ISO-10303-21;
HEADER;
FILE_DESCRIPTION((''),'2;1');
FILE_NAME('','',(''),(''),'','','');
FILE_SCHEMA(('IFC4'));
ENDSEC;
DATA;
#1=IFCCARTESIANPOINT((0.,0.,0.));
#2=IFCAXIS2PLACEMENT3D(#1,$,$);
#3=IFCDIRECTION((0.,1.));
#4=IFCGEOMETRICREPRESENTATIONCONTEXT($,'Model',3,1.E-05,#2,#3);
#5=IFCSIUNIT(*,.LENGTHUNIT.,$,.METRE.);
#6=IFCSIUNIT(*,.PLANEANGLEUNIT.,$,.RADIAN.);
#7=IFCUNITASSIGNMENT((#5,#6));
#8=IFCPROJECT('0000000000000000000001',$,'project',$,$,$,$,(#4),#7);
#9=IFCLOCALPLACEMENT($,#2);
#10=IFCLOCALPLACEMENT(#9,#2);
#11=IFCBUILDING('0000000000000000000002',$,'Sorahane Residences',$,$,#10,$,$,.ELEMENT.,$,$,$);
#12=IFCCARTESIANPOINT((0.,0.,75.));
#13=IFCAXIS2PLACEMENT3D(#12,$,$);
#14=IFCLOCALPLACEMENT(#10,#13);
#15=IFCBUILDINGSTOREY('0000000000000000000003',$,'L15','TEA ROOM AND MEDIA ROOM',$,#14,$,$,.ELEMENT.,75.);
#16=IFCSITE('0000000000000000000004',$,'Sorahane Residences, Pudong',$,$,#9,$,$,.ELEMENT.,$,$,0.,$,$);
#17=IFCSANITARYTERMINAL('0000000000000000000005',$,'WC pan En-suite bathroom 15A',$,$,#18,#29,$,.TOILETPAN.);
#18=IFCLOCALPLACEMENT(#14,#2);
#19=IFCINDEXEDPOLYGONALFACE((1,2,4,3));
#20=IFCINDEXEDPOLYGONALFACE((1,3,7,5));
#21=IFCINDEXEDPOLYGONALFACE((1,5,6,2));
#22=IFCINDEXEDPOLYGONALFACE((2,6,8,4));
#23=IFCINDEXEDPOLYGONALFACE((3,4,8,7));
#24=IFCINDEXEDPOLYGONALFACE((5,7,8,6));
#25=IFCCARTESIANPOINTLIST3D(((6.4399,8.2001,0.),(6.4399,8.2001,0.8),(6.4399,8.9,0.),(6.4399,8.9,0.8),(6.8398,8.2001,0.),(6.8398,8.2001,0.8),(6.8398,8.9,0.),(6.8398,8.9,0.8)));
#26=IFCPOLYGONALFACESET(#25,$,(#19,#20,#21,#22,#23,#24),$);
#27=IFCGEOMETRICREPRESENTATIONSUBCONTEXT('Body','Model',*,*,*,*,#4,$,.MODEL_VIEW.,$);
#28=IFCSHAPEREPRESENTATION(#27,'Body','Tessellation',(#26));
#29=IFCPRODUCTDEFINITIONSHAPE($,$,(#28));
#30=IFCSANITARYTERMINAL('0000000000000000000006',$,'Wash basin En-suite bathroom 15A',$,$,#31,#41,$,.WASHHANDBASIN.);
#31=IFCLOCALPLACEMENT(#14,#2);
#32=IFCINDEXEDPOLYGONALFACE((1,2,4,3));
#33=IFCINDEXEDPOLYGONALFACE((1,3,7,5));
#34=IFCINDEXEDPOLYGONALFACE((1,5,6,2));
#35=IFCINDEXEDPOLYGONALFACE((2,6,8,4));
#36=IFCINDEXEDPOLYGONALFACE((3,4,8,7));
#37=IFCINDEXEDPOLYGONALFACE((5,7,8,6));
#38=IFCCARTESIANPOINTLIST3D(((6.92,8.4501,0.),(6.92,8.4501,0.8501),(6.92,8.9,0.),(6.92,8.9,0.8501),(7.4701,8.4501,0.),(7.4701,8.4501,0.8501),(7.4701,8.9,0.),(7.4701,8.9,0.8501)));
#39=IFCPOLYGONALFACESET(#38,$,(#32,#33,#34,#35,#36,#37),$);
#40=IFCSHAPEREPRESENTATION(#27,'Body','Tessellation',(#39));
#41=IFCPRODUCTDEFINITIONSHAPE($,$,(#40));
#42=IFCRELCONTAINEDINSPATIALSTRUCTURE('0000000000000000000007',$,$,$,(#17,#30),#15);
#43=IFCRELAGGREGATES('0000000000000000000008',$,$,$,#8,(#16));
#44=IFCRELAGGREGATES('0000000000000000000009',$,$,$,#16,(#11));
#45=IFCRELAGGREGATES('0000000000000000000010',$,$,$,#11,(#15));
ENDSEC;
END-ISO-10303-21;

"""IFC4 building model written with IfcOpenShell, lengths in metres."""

from ifc_helpers import new_model, si_unit, direction, frame, origin, origin_2d, place, context, subcontext, project, spatial, rectangle, extrude, element, save


model = new_model("IFC4")

# Units and contexts
model_context = context("Model", 3, precision=1e-05, world=origin(), true_north=direction((0.0, 1.0)))
body_context = subcontext(model_context, "Body", "Model", "MODEL_VIEW")
ifc_project = project(units=[si_unit("LENGTHUNIT", "METRE"), si_unit("PLANEANGLEUNIT", "RADIAN")], contexts=[model_context])

# Site, building, storey
site_placement = place(None, origin())
site = spatial("IfcSite", under=ifc_project, at=site_placement, Name="Sorahane Residences, Pudong", CompositionType="ELEMENT", RefElevation=0.0)
building_placement = place(site_placement, origin())
building = spatial("IfcBuilding", under=site, at=building_placement, Name="Sorahane Residences", CompositionType="ELEMENT")
storey_placement = place(building_placement, frame((0.0, 0.0, 75.0)))
storey = spatial("IfcBuildingStorey", under=building, at=storey_placement, Name="L15", Description="TEA ROOM AND MEDIA ROOM", CompositionType="ELEMENT", Elevation=75.0)

# Sanitary terminals
sanitary_terminal_1_placement = place(storey_placement, frame((6.6399, 8.55, 0.0), z_axis=(0.0, 0.0, 1.0), x_axis=(1.0, 0.0, 0.0)))
element("IfcSanitaryTerminal", 1, at=sanitary_terminal_1_placement, inside=storey, Name="WC pan En-suite bathroom 15A", PredefinedType="TOILETPAN", context=body_context, shape_type="SweptSolid", body=[
    extrude(rectangle(XDim=0.3999, YDim=0.7, at=origin_2d()), origin(), (0.0, 0.0, 1.0), 0.8),
])
sanitary_terminal_2_placement = place(storey_placement, frame((7.1951, 8.675, 0.0), z_axis=(0.0, 0.0, 1.0), x_axis=(1.0, 0.0, 0.0)))
element("IfcSanitaryTerminal", 2, at=sanitary_terminal_2_placement, inside=storey, Name="Wash basin En-suite bathroom 15A", PredefinedType="WASHHANDBASIN", context=body_context, shape_type="SweptSolid", body=[
    extrude(rectangle(XDim=0.55, YDim=0.45, at=origin_2d()), origin(), (0.0, 0.0, 1.0), 0.8501),
])

save(model, "model.ifc")
